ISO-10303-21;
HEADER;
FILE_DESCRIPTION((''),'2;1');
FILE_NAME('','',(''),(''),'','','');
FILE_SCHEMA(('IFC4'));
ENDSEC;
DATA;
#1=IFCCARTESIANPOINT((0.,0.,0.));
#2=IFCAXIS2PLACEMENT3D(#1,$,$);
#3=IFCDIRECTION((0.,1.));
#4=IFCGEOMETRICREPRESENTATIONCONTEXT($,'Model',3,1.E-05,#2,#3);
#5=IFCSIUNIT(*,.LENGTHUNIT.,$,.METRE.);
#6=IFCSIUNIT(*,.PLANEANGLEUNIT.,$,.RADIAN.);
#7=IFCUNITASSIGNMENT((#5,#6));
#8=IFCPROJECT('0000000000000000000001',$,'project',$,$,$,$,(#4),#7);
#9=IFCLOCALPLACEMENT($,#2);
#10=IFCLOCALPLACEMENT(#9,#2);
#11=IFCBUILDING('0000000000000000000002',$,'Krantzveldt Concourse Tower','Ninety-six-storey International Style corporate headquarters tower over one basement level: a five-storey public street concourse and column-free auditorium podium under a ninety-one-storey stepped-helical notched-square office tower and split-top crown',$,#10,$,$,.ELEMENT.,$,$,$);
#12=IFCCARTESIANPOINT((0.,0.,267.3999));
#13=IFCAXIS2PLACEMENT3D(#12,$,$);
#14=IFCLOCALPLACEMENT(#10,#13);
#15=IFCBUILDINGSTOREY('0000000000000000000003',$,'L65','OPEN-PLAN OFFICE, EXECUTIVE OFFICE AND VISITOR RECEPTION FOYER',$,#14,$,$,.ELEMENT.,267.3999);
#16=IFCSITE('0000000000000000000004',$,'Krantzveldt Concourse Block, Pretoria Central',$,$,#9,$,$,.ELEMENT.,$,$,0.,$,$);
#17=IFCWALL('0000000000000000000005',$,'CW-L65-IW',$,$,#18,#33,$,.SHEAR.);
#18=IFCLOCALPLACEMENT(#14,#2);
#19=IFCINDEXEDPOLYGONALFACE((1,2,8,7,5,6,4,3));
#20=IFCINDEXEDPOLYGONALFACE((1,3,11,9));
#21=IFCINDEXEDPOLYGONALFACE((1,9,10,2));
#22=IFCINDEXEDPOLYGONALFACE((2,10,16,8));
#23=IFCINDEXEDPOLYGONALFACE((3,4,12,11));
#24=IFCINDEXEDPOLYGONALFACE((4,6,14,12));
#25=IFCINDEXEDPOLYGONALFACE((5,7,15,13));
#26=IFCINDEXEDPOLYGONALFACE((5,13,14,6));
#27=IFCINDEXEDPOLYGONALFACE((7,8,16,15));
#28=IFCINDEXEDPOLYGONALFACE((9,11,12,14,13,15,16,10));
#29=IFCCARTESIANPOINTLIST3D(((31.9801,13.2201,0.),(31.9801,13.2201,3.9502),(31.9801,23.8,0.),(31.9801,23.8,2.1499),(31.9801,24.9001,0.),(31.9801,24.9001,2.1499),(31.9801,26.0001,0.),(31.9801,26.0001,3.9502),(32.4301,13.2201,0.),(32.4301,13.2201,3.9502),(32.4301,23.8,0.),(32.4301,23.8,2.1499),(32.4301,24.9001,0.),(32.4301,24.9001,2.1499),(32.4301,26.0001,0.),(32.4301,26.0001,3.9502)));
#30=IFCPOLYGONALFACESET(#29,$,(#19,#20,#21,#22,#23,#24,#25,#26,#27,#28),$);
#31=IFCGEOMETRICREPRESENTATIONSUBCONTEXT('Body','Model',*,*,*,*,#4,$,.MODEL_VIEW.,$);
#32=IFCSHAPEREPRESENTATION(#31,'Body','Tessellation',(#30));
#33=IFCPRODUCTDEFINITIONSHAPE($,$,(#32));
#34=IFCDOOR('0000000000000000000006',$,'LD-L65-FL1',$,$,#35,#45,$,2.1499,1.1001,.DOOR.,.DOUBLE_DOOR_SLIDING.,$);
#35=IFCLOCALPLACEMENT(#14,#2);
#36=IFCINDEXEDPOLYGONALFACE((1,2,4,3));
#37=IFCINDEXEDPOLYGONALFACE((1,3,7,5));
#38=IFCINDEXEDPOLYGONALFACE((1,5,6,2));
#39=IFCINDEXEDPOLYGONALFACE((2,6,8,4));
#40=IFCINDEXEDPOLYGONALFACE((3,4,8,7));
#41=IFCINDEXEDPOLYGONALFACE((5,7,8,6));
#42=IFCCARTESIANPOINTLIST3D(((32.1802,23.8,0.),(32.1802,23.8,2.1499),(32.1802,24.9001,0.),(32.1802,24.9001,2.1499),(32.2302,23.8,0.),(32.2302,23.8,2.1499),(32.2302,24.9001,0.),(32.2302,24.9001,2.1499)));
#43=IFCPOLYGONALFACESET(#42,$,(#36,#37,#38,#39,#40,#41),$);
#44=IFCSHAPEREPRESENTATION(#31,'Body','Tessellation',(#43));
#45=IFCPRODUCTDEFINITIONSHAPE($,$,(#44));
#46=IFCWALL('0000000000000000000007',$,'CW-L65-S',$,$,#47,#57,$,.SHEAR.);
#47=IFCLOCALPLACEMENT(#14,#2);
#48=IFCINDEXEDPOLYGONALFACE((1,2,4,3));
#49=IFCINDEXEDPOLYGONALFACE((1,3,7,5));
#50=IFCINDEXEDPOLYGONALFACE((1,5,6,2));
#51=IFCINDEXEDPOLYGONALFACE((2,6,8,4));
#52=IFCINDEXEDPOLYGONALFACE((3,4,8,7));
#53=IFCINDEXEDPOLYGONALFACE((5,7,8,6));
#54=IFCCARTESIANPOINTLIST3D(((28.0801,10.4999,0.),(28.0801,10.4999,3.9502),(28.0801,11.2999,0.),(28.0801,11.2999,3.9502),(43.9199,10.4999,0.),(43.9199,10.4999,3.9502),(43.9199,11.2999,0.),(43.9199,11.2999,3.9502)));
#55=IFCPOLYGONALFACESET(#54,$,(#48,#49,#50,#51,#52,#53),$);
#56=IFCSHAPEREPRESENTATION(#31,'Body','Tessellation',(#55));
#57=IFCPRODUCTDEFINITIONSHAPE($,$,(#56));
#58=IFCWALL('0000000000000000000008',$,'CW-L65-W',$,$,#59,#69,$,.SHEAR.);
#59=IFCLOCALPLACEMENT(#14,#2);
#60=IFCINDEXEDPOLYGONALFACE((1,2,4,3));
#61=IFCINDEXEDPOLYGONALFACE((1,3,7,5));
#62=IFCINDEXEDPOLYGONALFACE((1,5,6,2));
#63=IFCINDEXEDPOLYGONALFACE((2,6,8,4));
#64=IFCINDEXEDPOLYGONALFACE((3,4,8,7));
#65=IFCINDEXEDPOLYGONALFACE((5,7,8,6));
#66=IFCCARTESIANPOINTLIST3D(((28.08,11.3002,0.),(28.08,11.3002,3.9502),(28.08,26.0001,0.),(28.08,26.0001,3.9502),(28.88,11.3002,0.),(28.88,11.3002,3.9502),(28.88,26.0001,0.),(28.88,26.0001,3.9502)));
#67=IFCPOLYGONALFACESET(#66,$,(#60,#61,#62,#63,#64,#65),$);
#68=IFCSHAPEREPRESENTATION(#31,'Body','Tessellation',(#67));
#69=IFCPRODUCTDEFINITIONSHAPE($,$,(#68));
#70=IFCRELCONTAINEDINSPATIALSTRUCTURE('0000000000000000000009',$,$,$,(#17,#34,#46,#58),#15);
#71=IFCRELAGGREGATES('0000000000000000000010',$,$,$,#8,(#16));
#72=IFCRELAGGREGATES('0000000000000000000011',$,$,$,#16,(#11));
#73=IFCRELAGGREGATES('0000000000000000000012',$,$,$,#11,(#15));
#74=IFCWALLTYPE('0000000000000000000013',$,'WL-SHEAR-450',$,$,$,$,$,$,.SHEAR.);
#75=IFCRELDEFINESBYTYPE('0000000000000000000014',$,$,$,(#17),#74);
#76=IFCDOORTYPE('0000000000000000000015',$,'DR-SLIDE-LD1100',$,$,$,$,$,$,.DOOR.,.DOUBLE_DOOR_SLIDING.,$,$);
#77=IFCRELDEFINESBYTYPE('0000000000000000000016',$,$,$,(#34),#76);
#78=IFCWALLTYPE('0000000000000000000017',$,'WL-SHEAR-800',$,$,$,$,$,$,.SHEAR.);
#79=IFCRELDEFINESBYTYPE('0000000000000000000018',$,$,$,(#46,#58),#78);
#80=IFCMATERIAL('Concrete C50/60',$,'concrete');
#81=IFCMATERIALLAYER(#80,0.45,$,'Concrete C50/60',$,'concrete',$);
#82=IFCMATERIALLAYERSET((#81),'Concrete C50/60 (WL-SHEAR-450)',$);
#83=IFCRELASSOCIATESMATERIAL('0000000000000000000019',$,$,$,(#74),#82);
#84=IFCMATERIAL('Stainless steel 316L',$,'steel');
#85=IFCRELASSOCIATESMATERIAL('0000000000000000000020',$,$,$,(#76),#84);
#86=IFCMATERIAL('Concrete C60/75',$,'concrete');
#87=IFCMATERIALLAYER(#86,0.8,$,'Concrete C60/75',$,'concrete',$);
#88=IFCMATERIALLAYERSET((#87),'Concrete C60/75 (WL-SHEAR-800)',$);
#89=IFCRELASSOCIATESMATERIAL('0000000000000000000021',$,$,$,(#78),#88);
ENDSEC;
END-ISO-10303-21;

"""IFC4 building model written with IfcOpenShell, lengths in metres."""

from ifc_helpers import new_model, si_unit, direction, frame, frame_2d, origin, place, context, subcontext, project, spatial, rectangle, extrude, material, layer, layer_set, type_object, element, fill, save


model = new_model("IFC4")

# Units and contexts
model_context = context("Model", 3, precision=1e-05, world=origin(), true_north=direction((0.0, 1.0)))
body_context = subcontext(model_context, "Body", "Model", "MODEL_VIEW")
ifc_project = project(units=[si_unit("LENGTHUNIT", "METRE"), si_unit("PLANEANGLEUNIT", "RADIAN")], contexts=[model_context])

# Site, building, storey
site_placement = place(None, origin())
site = spatial("IfcSite", under=ifc_project, at=site_placement, Name="Krantzveldt Concourse Block, Pretoria Central", CompositionType="ELEMENT", RefElevation=0.0)
building_placement = place(site_placement, origin())
building = spatial("IfcBuilding", under=site, at=building_placement, Name="Krantzveldt Concourse Tower", Description="Ninety-six-storey International Style corporate headquarters tower over one basement level: a five-storey public street concourse and column-free auditorium podium under a ninety-one-storey stepped-helical notched-square office tower and split-top crown", CompositionType="ELEMENT")
storey_placement = place(building_placement, frame((0.0, 0.0, 267.3999)))
storey = spatial("IfcBuildingStorey", under=building, at=storey_placement, Name="L65", Description="OPEN-PLAN OFFICE, EXECUTIVE OFFICE AND VISITOR RECEPTION FOYER", CompositionType="ELEMENT", Elevation=267.3999)

# Shared definitions
ifc_material_1 = material(Name="Concrete C50/60", Category="concrete")

# Wall, opening, door
ifc_layer_1 = layer(ifc_material_1, 0.45, Name="Concrete C50/60", Category="concrete")
ifc_layer_set_1 = layer_set([ifc_layer_1], Name="Concrete C50/60 (WL-SHEAR-450)")
wall_type_1 = type_object("IfcWallType", Name="WL-SHEAR-450", PredefinedType="SHEAR", material=ifc_layer_set_1)
wall_1_placement = place(storey_placement, frame((32.2051, 13.22, 0.0), z_axis=(0.0, 0.0, 1.0), x_axis=(0.0, 1.0, 0.0)))
wall_1 = element("IfcWall", 1, at=wall_1_placement, inside=storey, type_object=wall_type_1, Name="CW-L65-IW", PredefinedType="SHEAR", context=body_context, shape_type="SweptSolid", body=[
    extrude(rectangle(XDim=12.78, YDim=0.45, at=frame_2d((6.3901, 0.0))), origin(), (0.0, 0.0, 1.0), 3.9502),
])
opening_1_placement = place(wall_1_placement, frame((10.5801, 0.0, 0.0)))
opening_1 = element("IfcOpeningElement", 2, at=opening_1_placement, cuts=wall_1, PredefinedType="OPENING", context=body_context, shape_type="SweptSolid", body=[
    extrude(rectangle(XDim=1.1001, YDim=2.1499, at=frame_2d((0.55, 1.075))), frame((0.0, 0.2349, 0.0), z_axis=(0.0, -1.0, 0.0), x_axis=(1.0, 0.0, 0.0)), (0.0, 0.0, 1.0), 0.47),
])
ifc_material_2 = material(Name="Stainless steel 316L", Category="steel")
door_type_1 = type_object("IfcDoorType", Name="DR-SLIDE-LD1100", OperationType="DOUBLE_DOOR_SLIDING", PredefinedType="DOOR", material=ifc_material_2)
door_1_placement = place(opening_1_placement, origin())
door_1 = element("IfcDoor", 3, at=door_1_placement, inside=storey, type_object=door_type_1, Name="LD-L65-FL1", OperationType="DOUBLE_DOOR_SLIDING", OverallHeight=2.1499, OverallWidth=1.1001, PredefinedType="DOOR", context=body_context, shape_type="SweptSolid", body=[
    extrude(rectangle(XDim=1.1001, YDim=2.1499, at=frame_2d((0.55, 1.075))), frame((0.0, 0.0249, 0.0), z_axis=(0.0, -1.0, 0.0), x_axis=(1.0, 0.0, 0.0)), (0.0, 0.0, 1.0), 0.05),
])
fill(opening_1, door_1)

# Walls
ifc_material_3 = material(Name="Concrete C60/75", Category="concrete")
ifc_layer_2 = layer(ifc_material_3, 0.8, Name="Concrete C60/75", Category="concrete")
ifc_layer_set_2 = layer_set([ifc_layer_2], Name="Concrete C60/75 (WL-SHEAR-800)")
wall_type_2 = type_object("IfcWallType", Name="WL-SHEAR-800", PredefinedType="SHEAR", material=ifc_layer_set_2)
wall_2_placement = place(storey_placement, frame((28.0801, 10.8999, 0.0), z_axis=(0.0, 0.0, 1.0), x_axis=(1.0, 0.0, 0.0)))
element("IfcWall", 4, at=wall_2_placement, inside=storey, type_object=wall_type_2, Name="CW-L65-S", PredefinedType="SHEAR", context=body_context, shape_type="SweptSolid", body=[
    extrude(rectangle(XDim=15.8398, YDim=0.8, at=frame_2d((7.9199, 0.0))), origin(), (0.0, 0.0, 1.0), 3.9502),
])
wall_3_placement = place(storey_placement, frame((28.48, 11.3, 0.0), z_axis=(0.0, 0.0, 1.0), x_axis=(0.0, 1.0, 0.0)))
element("IfcWall", 5, at=wall_3_placement, inside=storey, type_object=wall_type_2, Name="CW-L65-W", PredefinedType="SHEAR", context=body_context, shape_type="SweptSolid", body=[
    extrude(rectangle(XDim=14.7, YDim=0.8, at=frame_2d((7.3501, 0.0))), origin(), (0.0, 0.0, 1.0), 3.9502),
])

save(model, "model.ifc")
